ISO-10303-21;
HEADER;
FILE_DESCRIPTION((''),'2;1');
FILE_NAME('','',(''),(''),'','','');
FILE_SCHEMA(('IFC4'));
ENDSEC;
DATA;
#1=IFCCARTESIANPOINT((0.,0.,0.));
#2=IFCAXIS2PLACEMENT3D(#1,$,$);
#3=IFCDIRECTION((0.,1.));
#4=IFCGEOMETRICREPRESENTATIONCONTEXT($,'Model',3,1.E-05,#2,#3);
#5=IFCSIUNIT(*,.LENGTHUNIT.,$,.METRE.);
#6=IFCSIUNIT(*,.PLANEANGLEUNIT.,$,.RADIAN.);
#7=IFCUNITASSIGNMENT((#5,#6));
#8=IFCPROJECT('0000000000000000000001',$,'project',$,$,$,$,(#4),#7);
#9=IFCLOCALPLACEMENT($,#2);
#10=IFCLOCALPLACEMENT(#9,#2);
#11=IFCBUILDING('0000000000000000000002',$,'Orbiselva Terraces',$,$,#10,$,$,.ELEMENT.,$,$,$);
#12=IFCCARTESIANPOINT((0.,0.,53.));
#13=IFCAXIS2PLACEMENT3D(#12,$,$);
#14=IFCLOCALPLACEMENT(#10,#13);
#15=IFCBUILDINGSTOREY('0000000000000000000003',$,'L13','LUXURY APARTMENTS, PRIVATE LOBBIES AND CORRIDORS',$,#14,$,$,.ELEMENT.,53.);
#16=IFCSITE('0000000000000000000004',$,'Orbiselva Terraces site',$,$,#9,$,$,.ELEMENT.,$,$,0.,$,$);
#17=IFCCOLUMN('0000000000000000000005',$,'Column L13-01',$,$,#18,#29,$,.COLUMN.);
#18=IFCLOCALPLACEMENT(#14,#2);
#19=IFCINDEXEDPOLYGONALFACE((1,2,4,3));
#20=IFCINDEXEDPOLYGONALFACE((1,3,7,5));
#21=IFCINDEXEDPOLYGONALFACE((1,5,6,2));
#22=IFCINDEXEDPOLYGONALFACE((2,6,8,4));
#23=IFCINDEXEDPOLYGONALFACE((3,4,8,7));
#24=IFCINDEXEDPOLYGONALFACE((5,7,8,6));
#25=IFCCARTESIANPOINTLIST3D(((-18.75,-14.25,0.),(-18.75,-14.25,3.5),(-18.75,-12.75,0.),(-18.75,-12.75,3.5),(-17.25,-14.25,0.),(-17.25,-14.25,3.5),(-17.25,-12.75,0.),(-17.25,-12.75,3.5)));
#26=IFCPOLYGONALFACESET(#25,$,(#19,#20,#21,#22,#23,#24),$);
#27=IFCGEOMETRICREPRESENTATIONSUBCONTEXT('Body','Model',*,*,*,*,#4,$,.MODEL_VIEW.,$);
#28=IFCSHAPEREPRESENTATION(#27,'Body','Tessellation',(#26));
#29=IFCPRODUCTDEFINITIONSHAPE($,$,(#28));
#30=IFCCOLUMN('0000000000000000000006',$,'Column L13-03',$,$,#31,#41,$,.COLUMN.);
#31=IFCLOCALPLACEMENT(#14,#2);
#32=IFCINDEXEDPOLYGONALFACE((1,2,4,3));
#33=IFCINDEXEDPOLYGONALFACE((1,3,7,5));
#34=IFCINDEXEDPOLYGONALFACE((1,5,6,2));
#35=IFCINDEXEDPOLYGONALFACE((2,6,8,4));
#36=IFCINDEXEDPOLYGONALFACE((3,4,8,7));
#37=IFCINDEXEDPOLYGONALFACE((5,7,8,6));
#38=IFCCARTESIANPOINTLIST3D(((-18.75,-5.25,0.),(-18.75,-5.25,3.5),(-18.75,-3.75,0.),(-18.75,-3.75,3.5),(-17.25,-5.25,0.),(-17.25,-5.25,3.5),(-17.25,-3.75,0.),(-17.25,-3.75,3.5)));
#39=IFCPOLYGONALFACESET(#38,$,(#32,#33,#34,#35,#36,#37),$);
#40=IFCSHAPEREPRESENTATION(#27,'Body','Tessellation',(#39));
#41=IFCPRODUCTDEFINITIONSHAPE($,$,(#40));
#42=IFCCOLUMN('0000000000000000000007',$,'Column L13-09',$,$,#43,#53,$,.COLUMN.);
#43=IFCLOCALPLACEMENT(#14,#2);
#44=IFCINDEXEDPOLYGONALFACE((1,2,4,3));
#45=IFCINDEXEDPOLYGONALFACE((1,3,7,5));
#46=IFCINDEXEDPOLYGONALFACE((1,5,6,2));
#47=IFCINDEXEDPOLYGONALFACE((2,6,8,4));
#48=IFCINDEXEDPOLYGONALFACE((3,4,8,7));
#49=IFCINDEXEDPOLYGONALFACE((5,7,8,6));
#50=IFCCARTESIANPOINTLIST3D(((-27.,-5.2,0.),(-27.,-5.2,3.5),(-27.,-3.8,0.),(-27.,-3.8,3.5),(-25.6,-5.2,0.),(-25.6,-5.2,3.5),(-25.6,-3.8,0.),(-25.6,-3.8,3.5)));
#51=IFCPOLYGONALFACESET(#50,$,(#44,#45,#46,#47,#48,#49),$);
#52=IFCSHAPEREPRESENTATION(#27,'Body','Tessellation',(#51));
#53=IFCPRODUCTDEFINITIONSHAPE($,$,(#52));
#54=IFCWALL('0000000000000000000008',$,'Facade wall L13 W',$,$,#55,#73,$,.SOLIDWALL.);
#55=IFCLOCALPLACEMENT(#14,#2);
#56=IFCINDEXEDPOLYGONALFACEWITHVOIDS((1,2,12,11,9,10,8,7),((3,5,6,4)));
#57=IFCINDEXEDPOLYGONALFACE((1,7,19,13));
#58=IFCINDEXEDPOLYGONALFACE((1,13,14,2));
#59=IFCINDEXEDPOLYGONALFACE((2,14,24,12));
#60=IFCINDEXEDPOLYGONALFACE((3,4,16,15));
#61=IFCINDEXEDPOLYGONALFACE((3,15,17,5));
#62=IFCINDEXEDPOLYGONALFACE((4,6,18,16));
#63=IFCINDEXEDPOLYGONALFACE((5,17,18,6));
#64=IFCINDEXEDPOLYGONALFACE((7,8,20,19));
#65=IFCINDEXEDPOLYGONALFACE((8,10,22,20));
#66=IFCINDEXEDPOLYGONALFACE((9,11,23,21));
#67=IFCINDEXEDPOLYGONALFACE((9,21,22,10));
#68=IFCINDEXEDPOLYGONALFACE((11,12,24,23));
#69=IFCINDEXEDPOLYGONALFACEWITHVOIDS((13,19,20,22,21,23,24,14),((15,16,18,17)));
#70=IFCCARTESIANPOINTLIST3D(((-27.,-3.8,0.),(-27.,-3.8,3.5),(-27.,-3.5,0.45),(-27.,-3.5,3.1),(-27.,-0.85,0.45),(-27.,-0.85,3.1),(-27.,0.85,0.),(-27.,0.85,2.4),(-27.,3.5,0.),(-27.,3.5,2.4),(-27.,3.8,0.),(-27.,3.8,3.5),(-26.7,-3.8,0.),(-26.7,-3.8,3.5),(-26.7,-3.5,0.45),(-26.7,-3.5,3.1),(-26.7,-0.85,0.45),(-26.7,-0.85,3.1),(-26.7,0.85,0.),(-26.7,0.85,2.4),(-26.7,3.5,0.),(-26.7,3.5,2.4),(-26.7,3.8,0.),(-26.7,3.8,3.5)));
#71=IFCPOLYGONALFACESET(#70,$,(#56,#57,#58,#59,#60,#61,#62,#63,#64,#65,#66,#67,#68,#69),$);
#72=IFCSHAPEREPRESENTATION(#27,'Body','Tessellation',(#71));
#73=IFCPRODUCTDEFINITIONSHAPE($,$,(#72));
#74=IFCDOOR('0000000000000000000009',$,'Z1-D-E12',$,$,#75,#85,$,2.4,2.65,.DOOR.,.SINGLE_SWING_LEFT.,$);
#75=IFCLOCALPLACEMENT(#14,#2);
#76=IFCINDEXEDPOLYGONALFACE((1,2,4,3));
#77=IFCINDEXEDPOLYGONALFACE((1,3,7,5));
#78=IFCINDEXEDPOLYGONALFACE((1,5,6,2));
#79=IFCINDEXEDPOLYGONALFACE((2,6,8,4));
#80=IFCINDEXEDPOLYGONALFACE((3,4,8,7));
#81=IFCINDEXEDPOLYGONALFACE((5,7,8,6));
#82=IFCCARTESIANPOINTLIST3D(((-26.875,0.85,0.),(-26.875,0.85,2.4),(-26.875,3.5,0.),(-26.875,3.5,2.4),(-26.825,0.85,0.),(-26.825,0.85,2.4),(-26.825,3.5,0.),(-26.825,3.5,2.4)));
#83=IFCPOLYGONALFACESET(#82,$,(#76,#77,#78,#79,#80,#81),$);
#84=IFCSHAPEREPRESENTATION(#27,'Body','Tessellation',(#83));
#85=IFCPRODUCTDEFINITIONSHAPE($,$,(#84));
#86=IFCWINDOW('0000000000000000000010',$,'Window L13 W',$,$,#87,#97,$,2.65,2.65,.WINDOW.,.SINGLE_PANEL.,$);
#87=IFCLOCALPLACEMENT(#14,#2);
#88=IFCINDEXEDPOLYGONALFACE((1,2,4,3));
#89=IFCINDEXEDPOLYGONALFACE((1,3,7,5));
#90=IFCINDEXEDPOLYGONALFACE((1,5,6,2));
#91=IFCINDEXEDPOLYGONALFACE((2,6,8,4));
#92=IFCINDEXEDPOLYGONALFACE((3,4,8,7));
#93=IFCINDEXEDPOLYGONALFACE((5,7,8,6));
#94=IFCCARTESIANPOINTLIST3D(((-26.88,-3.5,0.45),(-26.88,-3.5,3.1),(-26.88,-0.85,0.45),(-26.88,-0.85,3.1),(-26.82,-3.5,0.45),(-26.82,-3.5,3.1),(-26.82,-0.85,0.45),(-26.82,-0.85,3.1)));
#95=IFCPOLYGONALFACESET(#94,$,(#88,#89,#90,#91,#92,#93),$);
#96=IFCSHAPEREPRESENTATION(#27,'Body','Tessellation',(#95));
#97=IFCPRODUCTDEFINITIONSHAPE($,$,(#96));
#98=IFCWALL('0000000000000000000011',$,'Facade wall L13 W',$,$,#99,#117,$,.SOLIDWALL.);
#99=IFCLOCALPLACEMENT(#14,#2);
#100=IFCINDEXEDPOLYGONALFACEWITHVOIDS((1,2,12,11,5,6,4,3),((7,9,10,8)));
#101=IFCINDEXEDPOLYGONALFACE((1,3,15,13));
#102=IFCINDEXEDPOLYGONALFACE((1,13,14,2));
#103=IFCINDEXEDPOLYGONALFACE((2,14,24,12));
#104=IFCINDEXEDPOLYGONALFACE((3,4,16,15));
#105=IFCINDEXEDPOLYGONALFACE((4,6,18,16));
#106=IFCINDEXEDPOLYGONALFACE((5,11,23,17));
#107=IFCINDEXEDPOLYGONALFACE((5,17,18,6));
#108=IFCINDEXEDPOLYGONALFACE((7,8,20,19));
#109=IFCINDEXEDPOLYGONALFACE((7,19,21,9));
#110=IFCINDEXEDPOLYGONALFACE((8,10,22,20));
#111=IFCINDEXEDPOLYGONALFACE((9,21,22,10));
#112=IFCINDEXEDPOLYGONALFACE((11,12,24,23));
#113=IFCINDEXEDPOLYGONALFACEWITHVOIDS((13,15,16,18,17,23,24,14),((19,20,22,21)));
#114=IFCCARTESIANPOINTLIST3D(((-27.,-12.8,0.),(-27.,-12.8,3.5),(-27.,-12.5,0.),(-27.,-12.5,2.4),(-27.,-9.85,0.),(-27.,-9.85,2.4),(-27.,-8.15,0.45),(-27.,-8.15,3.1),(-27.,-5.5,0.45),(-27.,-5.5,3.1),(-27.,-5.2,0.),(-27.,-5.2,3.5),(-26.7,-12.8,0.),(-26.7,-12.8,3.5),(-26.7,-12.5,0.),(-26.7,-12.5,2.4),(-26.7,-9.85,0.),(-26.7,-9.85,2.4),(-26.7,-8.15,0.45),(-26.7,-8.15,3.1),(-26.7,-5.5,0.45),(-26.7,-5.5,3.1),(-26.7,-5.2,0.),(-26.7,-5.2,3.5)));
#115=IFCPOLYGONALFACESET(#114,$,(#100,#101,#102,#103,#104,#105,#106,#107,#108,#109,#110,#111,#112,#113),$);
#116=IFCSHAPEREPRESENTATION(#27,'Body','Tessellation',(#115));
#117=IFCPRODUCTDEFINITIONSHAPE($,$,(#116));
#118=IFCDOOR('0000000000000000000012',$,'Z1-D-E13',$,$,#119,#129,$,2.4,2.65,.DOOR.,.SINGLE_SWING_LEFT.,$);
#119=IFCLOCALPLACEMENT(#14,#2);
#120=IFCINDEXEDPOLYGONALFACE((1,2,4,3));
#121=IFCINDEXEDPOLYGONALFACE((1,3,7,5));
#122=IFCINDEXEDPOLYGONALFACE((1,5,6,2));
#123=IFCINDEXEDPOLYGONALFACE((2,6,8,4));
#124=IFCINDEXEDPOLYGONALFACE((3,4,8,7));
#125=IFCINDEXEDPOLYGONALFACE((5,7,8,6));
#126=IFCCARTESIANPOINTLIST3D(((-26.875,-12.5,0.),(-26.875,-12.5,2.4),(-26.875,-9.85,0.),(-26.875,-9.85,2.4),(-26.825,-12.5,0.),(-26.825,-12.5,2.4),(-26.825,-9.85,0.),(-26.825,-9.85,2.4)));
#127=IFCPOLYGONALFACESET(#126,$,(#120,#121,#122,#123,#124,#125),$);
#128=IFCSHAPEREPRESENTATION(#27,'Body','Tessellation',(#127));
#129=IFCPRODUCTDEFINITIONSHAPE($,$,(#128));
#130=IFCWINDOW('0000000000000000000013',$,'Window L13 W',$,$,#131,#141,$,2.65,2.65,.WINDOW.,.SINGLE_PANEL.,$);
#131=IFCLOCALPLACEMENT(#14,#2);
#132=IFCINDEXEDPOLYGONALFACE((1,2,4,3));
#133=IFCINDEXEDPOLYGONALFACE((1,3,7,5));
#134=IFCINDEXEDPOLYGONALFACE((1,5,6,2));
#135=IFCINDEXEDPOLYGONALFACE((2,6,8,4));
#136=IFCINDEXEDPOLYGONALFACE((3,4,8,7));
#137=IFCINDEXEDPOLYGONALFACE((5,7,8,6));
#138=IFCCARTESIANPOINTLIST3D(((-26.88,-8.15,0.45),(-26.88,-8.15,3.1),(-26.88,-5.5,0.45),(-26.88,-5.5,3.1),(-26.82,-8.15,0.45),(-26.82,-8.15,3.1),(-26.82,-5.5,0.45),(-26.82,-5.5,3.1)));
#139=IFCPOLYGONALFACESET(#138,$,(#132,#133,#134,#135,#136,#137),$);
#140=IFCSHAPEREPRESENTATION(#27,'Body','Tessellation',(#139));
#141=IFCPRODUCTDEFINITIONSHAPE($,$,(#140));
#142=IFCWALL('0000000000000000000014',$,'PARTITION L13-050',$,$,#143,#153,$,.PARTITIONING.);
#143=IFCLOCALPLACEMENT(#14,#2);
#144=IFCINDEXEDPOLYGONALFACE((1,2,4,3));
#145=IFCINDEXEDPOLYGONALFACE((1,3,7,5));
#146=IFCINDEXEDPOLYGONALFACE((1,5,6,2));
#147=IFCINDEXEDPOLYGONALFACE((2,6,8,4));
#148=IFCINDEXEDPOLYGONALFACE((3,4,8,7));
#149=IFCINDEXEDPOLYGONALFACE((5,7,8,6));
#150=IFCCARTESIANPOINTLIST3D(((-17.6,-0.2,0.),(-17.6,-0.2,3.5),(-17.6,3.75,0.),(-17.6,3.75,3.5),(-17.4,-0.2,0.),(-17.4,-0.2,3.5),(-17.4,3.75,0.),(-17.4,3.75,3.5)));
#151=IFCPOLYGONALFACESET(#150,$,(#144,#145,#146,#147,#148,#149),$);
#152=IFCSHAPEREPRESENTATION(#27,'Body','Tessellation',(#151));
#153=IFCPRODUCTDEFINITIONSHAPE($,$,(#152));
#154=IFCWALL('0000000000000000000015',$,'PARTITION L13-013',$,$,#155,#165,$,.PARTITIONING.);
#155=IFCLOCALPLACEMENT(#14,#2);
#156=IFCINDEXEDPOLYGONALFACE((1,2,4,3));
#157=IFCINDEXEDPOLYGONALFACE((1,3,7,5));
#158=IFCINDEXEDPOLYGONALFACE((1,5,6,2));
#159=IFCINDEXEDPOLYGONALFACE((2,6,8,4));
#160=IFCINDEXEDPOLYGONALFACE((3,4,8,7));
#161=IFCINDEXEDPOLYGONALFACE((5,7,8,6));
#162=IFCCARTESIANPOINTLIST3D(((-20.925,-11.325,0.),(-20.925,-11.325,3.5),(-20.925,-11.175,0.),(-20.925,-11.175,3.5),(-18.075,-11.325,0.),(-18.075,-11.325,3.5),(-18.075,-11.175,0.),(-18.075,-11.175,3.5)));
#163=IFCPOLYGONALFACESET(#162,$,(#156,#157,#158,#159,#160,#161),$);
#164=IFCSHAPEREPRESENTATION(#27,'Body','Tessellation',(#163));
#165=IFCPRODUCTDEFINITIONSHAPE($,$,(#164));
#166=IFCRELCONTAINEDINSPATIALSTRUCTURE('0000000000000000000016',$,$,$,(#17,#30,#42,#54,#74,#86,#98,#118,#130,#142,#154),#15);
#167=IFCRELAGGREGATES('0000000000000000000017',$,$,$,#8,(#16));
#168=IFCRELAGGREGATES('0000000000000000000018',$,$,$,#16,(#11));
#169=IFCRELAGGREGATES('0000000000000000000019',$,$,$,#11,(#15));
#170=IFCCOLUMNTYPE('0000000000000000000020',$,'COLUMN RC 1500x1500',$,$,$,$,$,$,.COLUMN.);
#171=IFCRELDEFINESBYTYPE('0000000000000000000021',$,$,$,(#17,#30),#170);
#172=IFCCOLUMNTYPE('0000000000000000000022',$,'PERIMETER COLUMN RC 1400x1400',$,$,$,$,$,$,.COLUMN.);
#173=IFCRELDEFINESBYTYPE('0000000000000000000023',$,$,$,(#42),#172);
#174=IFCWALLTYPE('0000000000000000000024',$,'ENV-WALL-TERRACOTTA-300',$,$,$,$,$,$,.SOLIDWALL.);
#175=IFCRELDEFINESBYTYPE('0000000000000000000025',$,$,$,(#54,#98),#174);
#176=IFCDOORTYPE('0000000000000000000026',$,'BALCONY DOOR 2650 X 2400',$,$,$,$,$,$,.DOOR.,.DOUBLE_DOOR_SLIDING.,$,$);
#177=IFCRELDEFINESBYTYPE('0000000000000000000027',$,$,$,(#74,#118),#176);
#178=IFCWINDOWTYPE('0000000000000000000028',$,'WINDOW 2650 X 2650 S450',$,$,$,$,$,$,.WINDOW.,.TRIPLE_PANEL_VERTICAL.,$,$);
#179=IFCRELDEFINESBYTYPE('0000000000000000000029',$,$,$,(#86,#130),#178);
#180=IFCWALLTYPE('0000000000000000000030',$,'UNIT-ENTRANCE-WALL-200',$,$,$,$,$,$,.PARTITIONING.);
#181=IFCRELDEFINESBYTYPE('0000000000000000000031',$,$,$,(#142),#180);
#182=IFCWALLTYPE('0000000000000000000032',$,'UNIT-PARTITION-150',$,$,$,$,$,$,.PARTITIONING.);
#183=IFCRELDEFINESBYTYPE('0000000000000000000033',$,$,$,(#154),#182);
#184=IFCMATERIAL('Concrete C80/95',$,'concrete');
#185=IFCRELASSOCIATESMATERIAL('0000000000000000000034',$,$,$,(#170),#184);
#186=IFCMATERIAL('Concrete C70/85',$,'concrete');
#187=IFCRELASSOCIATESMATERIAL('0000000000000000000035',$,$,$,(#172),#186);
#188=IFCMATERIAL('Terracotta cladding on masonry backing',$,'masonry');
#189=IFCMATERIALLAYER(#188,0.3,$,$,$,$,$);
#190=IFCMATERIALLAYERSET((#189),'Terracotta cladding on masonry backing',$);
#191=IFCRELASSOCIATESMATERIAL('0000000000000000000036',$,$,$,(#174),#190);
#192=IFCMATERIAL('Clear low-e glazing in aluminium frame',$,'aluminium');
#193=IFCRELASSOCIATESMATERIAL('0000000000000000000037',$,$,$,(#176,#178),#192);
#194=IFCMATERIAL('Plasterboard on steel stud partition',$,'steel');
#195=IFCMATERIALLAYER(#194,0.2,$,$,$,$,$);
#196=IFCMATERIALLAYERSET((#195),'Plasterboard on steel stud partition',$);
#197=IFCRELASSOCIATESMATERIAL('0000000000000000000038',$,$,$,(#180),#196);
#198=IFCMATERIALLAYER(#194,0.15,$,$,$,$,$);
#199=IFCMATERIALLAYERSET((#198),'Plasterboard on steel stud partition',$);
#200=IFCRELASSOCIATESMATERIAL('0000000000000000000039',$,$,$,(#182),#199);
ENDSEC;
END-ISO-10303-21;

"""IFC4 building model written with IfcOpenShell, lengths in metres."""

from ifc_helpers import new_model, si_unit, direction, frame, frame_2d, origin, origin_2d, place, context, subcontext, project, spatial, rectangle, extrude, material, layer, layer_set, material_profile, profile_set, type_object, element, fill, save


model = new_model("IFC4")

# Units and contexts
model_context = context("Model", 3, precision=1e-05, world=origin(), true_north=direction((0.0, 1.0)))
body_context = subcontext(model_context, "Body", "Model", "MODEL_VIEW")
ifc_project = project(units=[si_unit("LENGTHUNIT", "METRE"), si_unit("PLANEANGLEUNIT", "RADIAN")], contexts=[model_context])

# Site, building, storey
site_placement = place(None, origin())
site = spatial("IfcSite", under=ifc_project, at=site_placement, Name="Orbiselva Terraces site", CompositionType="ELEMENT", RefElevation=0.0)
building_placement = place(site_placement, origin())
building = spatial("IfcBuilding", under=site, at=building_placement, Name="Orbiselva Terraces", CompositionType="ELEMENT")
storey_placement = place(building_placement, frame((0.0, 0.0, 53.0)))
storey = spatial("IfcBuildingStorey", under=building, at=storey_placement, Name="L13", Description="LUXURY APARTMENTS, PRIVATE LOBBIES AND CORRIDORS", CompositionType="ELEMENT", Elevation=53.0)

# Columns
ifc_material_1 = material(Name="Concrete C80/95", Category="concrete")
ifc_material_profile_1 = material_profile(ifc_material_1, rectangle(XDim=1.5, YDim=1.5, at=origin_2d()), Name="RC 1500x1500")
ifc_profile_set_1 = profile_set([ifc_material_profile_1], Name="Concrete C80/95")
column_type_1 = type_object("IfcColumnType", Name="COLUMN RC 1500x1500", PredefinedType="COLUMN", material=ifc_profile_set_1)
for number, where, z_axis, x_axis, name in (
    (1, (-18.0, -13.5, 0.0), (0.0, 0.0, 1.0), (1.0, 0.0, 0.0), "Column L13-01"),
    (2, (-18.0, -4.5, 0.0), (0.0, 0.0, 1.0), (1.0, 0.0, 0.0), "Column L13-03"),
):
    element("IfcColumn", number, at=place(storey_placement, frame(where, z_axis=z_axis, x_axis=x_axis)), inside=storey, type_object=column_type_1, Name=name, PredefinedType="COLUMN", context=body_context, shape_type="SweptSolid", body=[
        extrude(rectangle(XDim=1.5, YDim=1.5, at=origin_2d()), origin(), (0.0, 0.0, 1.0), 3.5),
    ])
ifc_material_2 = material(Name="Concrete C70/85", Category="concrete")
ifc_material_profile_2 = material_profile(ifc_material_2, rectangle(XDim=1.4, YDim=1.4, at=origin_2d()), Name="RC 1400x1400")
ifc_profile_set_2 = profile_set([ifc_material_profile_2], Name="Concrete C70/85")
column_type_2 = type_object("IfcColumnType", Name="PERIMETER COLUMN RC 1400x1400", PredefinedType="COLUMN", material=ifc_profile_set_2)
column_placement = place(storey_placement, frame((-26.3, -4.5, 0.0), z_axis=(0.0, 0.0, 1.0), x_axis=(1.0, 0.0, 0.0)))
element("IfcColumn", 3, at=column_placement, inside=storey, type_object=column_type_2, Name="Column L13-09", PredefinedType="COLUMN", context=body_context, shape_type="SweptSolid", body=[
    extrude(rectangle(XDim=1.4, YDim=1.4, at=origin_2d()), origin(), (0.0, 0.0, 1.0), 3.5),
])

# Walls, openings, doors, windows
ifc_material_3 = material(Name="Terracotta cladding on masonry backing", Category="masonry")
ifc_layer_1 = layer(ifc_material_3, 0.3)
ifc_layer_set_1 = layer_set([ifc_layer_1], Name="Terracotta cladding on masonry backing")
wall_type_1 = type_object("IfcWallType", Name="ENV-WALL-TERRACOTTA-300", PredefinedType="SOLIDWALL", material=ifc_layer_set_1)
wall_1_placement = place(storey_placement, frame((-26.85, -3.8, 0.0), z_axis=(0.0, 0.0, 1.0), x_axis=(0.0, 1.0, 0.0)))
wall_1 = element("IfcWall", 4, at=wall_1_placement, inside=storey, type_object=wall_type_1, Name="Facade wall L13 W", PredefinedType="SOLIDWALL", context=body_context, shape_type="SweptSolid", body=[
    extrude(rectangle(XDim=7.6, YDim=0.3, at=frame_2d((3.8, 0.0))), origin(), (0.0, 0.0, 1.0), 3.5),
])
opening_1_placement = place(wall_1_placement, frame((4.65, 0.0, 0.0)))
opening_1 = element("IfcOpeningElement", 5, at=opening_1_placement, cuts=wall_1, PredefinedType="OPENING", context=body_context, shape_type="SweptSolid", body=[
    extrude(rectangle(XDim=2.65, YDim=2.4, at=frame_2d((1.325, 1.2))), frame((0.0, 0.16, 0.0), z_axis=(0.0, -1.0, 0.0), x_axis=(1.0, 0.0, 0.0)), (0.0, 0.0, 1.0), 0.32),
])
opening_2_placement = place(wall_1_placement, frame((0.3, 0.0, 0.45)))
opening_2 = element("IfcOpeningElement", 6, at=opening_2_placement, cuts=wall_1, PredefinedType="OPENING", context=body_context, shape_type="SweptSolid", body=[
    extrude(rectangle(XDim=2.65, YDim=2.65, at=frame_2d((1.325, 1.325))), frame((0.0, 0.16, 0.0), z_axis=(0.0, -1.0, 0.0), x_axis=(1.0, 0.0, 0.0)), (0.0, 0.0, 1.0), 0.32),
])
ifc_material_4 = material(Name="Clear low-e glazing in aluminium frame", Category="aluminium")
door_type_1 = type_object("IfcDoorType", Name="BALCONY DOOR 2650 X 2400", OperationType="DOUBLE_DOOR_SLIDING", PredefinedType="DOOR", material=ifc_material_4)
door_1_placement = place(opening_1_placement, origin())
door_1 = element("IfcDoor", 7, at=door_1_placement, inside=storey, type_object=door_type_1, Name="Z1-D-E12", OperationType="SINGLE_SWING_LEFT", OverallHeight=2.4, OverallWidth=2.65, PredefinedType="DOOR", context=body_context, shape_type="SweptSolid", body=[
    extrude(rectangle(XDim=2.65, YDim=2.4, at=frame_2d((1.325, 1.2))), frame((0.0, 0.025, 0.0), z_axis=(0.0, -1.0, 0.0), x_axis=(1.0, 0.0, 0.0)), (0.0, 0.0, 1.0), 0.05),
])
fill(opening_1, door_1)
window_type = type_object("IfcWindowType", Name="WINDOW 2650 X 2650 S450", PartitioningType="TRIPLE_PANEL_VERTICAL", PredefinedType="WINDOW", material=ifc_material_4)
window_1_placement = place(opening_2_placement, origin())
window_1 = element("IfcWindow", 8, at=window_1_placement, inside=storey, type_object=window_type, Name="Window L13 W", OverallHeight=2.65, OverallWidth=2.65, PartitioningType="SINGLE_PANEL", PredefinedType="WINDOW", context=body_context, shape_type="SweptSolid", body=[
    extrude(rectangle(XDim=2.65, YDim=2.65, at=frame_2d((1.325, 1.325))), frame((0.0, 0.03, 0.0), z_axis=(0.0, -1.0, 0.0), x_axis=(1.0, 0.0, 0.0)), (0.0, 0.0, 1.0), 0.06),
])
fill(opening_2, window_1)
wall_2_placement = place(storey_placement, frame((-26.85, -12.8, 0.0), z_axis=(0.0, 0.0, 1.0), x_axis=(0.0, 1.0, 0.0)))
wall_2 = element("IfcWall", 9, at=wall_2_placement, inside=storey, type_object=wall_type_1, Name="Facade wall L13 W", PredefinedType="SOLIDWALL", context=body_context, shape_type="SweptSolid", body=[
    extrude(rectangle(XDim=7.6, YDim=0.3, at=frame_2d((3.8, 0.0))), origin(), (0.0, 0.0, 1.0), 3.5),
])
opening_3_placement = place(wall_2_placement, frame((4.65, 0.0, 0.45)))
opening_3 = element("IfcOpeningElement", 10, at=opening_3_placement, cuts=wall_2, PredefinedType="OPENING", context=body_context, shape_type="SweptSolid", body=[
    extrude(rectangle(XDim=2.65, YDim=2.65, at=frame_2d((1.325, 1.325))), frame((0.0, 0.16, 0.0), z_axis=(0.0, -1.0, 0.0), x_axis=(1.0, 0.0, 0.0)), (0.0, 0.0, 1.0), 0.32),
])
opening_4_placement = place(wall_2_placement, frame((0.3, 0.0, 0.0)))
opening_4 = element("IfcOpeningElement", 11, at=opening_4_placement, cuts=wall_2, PredefinedType="OPENING", context=body_context, shape_type="SweptSolid", body=[
    extrude(rectangle(XDim=2.65, YDim=2.4, at=frame_2d((1.325, 1.2))), frame((0.0, 0.16, 0.0), z_axis=(0.0, -1.0, 0.0), x_axis=(1.0, 0.0, 0.0)), (0.0, 0.0, 1.0), 0.32),
])
door_2_placement = place(opening_4_placement, origin())
door_2 = element("IfcDoor", 12, at=door_2_placement, inside=storey, type_object=door_type_1, Name="Z1-D-E13", OperationType="SINGLE_SWING_LEFT", OverallHeight=2.4, OverallWidth=2.65, PredefinedType="DOOR", context=body_context, shape_type="SweptSolid", body=[
    extrude(rectangle(XDim=2.65, YDim=2.4, at=frame_2d((1.325, 1.2))), frame((0.0, 0.025, 0.0), z_axis=(0.0, -1.0, 0.0), x_axis=(1.0, 0.0, 0.0)), (0.0, 0.0, 1.0), 0.05),
])
fill(opening_4, door_2)
window_2_placement = place(opening_3_placement, origin())
window_2 = element("IfcWindow", 13, at=window_2_placement, inside=storey, type_object=window_type, Name="Window L13 W", OverallHeight=2.65, OverallWidth=2.65, PartitioningType="SINGLE_PANEL", PredefinedType="WINDOW", context=body_context, shape_type="SweptSolid", body=[
    extrude(rectangle(XDim=2.65, YDim=2.65, at=frame_2d((1.325, 1.325))), frame((0.0, 0.03, 0.0), z_axis=(0.0, -1.0, 0.0), x_axis=(1.0, 0.0, 0.0)), (0.0, 0.0, 1.0), 0.06),
])
fill(opening_3, window_2)

# Walls
ifc_material_5 = material(Name="Plasterboard on steel stud partition", Category="steel")
ifc_layer_2 = layer(ifc_material_5, 0.2)
ifc_layer_set_2 = layer_set([ifc_layer_2], Name="Plasterboard on steel stud partition")
wall_type_2 = type_object("IfcWallType", Name="UNIT-ENTRANCE-WALL-200", PredefinedType="PARTITIONING", material=ifc_layer_set_2)
wall_3_placement = place(storey_placement, frame((-17.5, -0.2, 0.0), z_axis=(0.0, 0.0, 1.0), x_axis=(0.0, 1.0, 0.0)))
element("IfcWall", 14, at=wall_3_placement, inside=storey, type_object=wall_type_2, Name="PARTITION L13-050", PredefinedType="PARTITIONING", context=body_context, shape_type="SweptSolid", body=[
    extrude(rectangle(XDim=3.95, YDim=0.2, at=frame_2d((1.975, 0.0))), origin(), (0.0, 0.0, 1.0), 3.5),
])
ifc_layer_3 = layer(ifc_material_5, 0.15)
ifc_layer_set_3 = layer_set([ifc_layer_3], Name="Plasterboard on steel stud partition")
wall_type_3 = type_object("IfcWallType", Name="UNIT-PARTITION-150", PredefinedType="PARTITIONING", material=ifc_layer_set_3)
wall_4_placement = place(storey_placement, frame((-20.925, -11.25, 0.0), z_axis=(0.0, 0.0, 1.0), x_axis=(1.0, 0.0, 0.0)))
element("IfcWall", 15, at=wall_4_placement, inside=storey, type_object=wall_type_3, Name="PARTITION L13-013", PredefinedType="PARTITIONING", context=body_context, shape_type="SweptSolid", body=[
    extrude(rectangle(XDim=2.85, YDim=0.15, at=frame_2d((1.425, 0.0))), origin(), (0.0, 0.0, 1.0), 3.5),
])

save(model, "model.ifc")
